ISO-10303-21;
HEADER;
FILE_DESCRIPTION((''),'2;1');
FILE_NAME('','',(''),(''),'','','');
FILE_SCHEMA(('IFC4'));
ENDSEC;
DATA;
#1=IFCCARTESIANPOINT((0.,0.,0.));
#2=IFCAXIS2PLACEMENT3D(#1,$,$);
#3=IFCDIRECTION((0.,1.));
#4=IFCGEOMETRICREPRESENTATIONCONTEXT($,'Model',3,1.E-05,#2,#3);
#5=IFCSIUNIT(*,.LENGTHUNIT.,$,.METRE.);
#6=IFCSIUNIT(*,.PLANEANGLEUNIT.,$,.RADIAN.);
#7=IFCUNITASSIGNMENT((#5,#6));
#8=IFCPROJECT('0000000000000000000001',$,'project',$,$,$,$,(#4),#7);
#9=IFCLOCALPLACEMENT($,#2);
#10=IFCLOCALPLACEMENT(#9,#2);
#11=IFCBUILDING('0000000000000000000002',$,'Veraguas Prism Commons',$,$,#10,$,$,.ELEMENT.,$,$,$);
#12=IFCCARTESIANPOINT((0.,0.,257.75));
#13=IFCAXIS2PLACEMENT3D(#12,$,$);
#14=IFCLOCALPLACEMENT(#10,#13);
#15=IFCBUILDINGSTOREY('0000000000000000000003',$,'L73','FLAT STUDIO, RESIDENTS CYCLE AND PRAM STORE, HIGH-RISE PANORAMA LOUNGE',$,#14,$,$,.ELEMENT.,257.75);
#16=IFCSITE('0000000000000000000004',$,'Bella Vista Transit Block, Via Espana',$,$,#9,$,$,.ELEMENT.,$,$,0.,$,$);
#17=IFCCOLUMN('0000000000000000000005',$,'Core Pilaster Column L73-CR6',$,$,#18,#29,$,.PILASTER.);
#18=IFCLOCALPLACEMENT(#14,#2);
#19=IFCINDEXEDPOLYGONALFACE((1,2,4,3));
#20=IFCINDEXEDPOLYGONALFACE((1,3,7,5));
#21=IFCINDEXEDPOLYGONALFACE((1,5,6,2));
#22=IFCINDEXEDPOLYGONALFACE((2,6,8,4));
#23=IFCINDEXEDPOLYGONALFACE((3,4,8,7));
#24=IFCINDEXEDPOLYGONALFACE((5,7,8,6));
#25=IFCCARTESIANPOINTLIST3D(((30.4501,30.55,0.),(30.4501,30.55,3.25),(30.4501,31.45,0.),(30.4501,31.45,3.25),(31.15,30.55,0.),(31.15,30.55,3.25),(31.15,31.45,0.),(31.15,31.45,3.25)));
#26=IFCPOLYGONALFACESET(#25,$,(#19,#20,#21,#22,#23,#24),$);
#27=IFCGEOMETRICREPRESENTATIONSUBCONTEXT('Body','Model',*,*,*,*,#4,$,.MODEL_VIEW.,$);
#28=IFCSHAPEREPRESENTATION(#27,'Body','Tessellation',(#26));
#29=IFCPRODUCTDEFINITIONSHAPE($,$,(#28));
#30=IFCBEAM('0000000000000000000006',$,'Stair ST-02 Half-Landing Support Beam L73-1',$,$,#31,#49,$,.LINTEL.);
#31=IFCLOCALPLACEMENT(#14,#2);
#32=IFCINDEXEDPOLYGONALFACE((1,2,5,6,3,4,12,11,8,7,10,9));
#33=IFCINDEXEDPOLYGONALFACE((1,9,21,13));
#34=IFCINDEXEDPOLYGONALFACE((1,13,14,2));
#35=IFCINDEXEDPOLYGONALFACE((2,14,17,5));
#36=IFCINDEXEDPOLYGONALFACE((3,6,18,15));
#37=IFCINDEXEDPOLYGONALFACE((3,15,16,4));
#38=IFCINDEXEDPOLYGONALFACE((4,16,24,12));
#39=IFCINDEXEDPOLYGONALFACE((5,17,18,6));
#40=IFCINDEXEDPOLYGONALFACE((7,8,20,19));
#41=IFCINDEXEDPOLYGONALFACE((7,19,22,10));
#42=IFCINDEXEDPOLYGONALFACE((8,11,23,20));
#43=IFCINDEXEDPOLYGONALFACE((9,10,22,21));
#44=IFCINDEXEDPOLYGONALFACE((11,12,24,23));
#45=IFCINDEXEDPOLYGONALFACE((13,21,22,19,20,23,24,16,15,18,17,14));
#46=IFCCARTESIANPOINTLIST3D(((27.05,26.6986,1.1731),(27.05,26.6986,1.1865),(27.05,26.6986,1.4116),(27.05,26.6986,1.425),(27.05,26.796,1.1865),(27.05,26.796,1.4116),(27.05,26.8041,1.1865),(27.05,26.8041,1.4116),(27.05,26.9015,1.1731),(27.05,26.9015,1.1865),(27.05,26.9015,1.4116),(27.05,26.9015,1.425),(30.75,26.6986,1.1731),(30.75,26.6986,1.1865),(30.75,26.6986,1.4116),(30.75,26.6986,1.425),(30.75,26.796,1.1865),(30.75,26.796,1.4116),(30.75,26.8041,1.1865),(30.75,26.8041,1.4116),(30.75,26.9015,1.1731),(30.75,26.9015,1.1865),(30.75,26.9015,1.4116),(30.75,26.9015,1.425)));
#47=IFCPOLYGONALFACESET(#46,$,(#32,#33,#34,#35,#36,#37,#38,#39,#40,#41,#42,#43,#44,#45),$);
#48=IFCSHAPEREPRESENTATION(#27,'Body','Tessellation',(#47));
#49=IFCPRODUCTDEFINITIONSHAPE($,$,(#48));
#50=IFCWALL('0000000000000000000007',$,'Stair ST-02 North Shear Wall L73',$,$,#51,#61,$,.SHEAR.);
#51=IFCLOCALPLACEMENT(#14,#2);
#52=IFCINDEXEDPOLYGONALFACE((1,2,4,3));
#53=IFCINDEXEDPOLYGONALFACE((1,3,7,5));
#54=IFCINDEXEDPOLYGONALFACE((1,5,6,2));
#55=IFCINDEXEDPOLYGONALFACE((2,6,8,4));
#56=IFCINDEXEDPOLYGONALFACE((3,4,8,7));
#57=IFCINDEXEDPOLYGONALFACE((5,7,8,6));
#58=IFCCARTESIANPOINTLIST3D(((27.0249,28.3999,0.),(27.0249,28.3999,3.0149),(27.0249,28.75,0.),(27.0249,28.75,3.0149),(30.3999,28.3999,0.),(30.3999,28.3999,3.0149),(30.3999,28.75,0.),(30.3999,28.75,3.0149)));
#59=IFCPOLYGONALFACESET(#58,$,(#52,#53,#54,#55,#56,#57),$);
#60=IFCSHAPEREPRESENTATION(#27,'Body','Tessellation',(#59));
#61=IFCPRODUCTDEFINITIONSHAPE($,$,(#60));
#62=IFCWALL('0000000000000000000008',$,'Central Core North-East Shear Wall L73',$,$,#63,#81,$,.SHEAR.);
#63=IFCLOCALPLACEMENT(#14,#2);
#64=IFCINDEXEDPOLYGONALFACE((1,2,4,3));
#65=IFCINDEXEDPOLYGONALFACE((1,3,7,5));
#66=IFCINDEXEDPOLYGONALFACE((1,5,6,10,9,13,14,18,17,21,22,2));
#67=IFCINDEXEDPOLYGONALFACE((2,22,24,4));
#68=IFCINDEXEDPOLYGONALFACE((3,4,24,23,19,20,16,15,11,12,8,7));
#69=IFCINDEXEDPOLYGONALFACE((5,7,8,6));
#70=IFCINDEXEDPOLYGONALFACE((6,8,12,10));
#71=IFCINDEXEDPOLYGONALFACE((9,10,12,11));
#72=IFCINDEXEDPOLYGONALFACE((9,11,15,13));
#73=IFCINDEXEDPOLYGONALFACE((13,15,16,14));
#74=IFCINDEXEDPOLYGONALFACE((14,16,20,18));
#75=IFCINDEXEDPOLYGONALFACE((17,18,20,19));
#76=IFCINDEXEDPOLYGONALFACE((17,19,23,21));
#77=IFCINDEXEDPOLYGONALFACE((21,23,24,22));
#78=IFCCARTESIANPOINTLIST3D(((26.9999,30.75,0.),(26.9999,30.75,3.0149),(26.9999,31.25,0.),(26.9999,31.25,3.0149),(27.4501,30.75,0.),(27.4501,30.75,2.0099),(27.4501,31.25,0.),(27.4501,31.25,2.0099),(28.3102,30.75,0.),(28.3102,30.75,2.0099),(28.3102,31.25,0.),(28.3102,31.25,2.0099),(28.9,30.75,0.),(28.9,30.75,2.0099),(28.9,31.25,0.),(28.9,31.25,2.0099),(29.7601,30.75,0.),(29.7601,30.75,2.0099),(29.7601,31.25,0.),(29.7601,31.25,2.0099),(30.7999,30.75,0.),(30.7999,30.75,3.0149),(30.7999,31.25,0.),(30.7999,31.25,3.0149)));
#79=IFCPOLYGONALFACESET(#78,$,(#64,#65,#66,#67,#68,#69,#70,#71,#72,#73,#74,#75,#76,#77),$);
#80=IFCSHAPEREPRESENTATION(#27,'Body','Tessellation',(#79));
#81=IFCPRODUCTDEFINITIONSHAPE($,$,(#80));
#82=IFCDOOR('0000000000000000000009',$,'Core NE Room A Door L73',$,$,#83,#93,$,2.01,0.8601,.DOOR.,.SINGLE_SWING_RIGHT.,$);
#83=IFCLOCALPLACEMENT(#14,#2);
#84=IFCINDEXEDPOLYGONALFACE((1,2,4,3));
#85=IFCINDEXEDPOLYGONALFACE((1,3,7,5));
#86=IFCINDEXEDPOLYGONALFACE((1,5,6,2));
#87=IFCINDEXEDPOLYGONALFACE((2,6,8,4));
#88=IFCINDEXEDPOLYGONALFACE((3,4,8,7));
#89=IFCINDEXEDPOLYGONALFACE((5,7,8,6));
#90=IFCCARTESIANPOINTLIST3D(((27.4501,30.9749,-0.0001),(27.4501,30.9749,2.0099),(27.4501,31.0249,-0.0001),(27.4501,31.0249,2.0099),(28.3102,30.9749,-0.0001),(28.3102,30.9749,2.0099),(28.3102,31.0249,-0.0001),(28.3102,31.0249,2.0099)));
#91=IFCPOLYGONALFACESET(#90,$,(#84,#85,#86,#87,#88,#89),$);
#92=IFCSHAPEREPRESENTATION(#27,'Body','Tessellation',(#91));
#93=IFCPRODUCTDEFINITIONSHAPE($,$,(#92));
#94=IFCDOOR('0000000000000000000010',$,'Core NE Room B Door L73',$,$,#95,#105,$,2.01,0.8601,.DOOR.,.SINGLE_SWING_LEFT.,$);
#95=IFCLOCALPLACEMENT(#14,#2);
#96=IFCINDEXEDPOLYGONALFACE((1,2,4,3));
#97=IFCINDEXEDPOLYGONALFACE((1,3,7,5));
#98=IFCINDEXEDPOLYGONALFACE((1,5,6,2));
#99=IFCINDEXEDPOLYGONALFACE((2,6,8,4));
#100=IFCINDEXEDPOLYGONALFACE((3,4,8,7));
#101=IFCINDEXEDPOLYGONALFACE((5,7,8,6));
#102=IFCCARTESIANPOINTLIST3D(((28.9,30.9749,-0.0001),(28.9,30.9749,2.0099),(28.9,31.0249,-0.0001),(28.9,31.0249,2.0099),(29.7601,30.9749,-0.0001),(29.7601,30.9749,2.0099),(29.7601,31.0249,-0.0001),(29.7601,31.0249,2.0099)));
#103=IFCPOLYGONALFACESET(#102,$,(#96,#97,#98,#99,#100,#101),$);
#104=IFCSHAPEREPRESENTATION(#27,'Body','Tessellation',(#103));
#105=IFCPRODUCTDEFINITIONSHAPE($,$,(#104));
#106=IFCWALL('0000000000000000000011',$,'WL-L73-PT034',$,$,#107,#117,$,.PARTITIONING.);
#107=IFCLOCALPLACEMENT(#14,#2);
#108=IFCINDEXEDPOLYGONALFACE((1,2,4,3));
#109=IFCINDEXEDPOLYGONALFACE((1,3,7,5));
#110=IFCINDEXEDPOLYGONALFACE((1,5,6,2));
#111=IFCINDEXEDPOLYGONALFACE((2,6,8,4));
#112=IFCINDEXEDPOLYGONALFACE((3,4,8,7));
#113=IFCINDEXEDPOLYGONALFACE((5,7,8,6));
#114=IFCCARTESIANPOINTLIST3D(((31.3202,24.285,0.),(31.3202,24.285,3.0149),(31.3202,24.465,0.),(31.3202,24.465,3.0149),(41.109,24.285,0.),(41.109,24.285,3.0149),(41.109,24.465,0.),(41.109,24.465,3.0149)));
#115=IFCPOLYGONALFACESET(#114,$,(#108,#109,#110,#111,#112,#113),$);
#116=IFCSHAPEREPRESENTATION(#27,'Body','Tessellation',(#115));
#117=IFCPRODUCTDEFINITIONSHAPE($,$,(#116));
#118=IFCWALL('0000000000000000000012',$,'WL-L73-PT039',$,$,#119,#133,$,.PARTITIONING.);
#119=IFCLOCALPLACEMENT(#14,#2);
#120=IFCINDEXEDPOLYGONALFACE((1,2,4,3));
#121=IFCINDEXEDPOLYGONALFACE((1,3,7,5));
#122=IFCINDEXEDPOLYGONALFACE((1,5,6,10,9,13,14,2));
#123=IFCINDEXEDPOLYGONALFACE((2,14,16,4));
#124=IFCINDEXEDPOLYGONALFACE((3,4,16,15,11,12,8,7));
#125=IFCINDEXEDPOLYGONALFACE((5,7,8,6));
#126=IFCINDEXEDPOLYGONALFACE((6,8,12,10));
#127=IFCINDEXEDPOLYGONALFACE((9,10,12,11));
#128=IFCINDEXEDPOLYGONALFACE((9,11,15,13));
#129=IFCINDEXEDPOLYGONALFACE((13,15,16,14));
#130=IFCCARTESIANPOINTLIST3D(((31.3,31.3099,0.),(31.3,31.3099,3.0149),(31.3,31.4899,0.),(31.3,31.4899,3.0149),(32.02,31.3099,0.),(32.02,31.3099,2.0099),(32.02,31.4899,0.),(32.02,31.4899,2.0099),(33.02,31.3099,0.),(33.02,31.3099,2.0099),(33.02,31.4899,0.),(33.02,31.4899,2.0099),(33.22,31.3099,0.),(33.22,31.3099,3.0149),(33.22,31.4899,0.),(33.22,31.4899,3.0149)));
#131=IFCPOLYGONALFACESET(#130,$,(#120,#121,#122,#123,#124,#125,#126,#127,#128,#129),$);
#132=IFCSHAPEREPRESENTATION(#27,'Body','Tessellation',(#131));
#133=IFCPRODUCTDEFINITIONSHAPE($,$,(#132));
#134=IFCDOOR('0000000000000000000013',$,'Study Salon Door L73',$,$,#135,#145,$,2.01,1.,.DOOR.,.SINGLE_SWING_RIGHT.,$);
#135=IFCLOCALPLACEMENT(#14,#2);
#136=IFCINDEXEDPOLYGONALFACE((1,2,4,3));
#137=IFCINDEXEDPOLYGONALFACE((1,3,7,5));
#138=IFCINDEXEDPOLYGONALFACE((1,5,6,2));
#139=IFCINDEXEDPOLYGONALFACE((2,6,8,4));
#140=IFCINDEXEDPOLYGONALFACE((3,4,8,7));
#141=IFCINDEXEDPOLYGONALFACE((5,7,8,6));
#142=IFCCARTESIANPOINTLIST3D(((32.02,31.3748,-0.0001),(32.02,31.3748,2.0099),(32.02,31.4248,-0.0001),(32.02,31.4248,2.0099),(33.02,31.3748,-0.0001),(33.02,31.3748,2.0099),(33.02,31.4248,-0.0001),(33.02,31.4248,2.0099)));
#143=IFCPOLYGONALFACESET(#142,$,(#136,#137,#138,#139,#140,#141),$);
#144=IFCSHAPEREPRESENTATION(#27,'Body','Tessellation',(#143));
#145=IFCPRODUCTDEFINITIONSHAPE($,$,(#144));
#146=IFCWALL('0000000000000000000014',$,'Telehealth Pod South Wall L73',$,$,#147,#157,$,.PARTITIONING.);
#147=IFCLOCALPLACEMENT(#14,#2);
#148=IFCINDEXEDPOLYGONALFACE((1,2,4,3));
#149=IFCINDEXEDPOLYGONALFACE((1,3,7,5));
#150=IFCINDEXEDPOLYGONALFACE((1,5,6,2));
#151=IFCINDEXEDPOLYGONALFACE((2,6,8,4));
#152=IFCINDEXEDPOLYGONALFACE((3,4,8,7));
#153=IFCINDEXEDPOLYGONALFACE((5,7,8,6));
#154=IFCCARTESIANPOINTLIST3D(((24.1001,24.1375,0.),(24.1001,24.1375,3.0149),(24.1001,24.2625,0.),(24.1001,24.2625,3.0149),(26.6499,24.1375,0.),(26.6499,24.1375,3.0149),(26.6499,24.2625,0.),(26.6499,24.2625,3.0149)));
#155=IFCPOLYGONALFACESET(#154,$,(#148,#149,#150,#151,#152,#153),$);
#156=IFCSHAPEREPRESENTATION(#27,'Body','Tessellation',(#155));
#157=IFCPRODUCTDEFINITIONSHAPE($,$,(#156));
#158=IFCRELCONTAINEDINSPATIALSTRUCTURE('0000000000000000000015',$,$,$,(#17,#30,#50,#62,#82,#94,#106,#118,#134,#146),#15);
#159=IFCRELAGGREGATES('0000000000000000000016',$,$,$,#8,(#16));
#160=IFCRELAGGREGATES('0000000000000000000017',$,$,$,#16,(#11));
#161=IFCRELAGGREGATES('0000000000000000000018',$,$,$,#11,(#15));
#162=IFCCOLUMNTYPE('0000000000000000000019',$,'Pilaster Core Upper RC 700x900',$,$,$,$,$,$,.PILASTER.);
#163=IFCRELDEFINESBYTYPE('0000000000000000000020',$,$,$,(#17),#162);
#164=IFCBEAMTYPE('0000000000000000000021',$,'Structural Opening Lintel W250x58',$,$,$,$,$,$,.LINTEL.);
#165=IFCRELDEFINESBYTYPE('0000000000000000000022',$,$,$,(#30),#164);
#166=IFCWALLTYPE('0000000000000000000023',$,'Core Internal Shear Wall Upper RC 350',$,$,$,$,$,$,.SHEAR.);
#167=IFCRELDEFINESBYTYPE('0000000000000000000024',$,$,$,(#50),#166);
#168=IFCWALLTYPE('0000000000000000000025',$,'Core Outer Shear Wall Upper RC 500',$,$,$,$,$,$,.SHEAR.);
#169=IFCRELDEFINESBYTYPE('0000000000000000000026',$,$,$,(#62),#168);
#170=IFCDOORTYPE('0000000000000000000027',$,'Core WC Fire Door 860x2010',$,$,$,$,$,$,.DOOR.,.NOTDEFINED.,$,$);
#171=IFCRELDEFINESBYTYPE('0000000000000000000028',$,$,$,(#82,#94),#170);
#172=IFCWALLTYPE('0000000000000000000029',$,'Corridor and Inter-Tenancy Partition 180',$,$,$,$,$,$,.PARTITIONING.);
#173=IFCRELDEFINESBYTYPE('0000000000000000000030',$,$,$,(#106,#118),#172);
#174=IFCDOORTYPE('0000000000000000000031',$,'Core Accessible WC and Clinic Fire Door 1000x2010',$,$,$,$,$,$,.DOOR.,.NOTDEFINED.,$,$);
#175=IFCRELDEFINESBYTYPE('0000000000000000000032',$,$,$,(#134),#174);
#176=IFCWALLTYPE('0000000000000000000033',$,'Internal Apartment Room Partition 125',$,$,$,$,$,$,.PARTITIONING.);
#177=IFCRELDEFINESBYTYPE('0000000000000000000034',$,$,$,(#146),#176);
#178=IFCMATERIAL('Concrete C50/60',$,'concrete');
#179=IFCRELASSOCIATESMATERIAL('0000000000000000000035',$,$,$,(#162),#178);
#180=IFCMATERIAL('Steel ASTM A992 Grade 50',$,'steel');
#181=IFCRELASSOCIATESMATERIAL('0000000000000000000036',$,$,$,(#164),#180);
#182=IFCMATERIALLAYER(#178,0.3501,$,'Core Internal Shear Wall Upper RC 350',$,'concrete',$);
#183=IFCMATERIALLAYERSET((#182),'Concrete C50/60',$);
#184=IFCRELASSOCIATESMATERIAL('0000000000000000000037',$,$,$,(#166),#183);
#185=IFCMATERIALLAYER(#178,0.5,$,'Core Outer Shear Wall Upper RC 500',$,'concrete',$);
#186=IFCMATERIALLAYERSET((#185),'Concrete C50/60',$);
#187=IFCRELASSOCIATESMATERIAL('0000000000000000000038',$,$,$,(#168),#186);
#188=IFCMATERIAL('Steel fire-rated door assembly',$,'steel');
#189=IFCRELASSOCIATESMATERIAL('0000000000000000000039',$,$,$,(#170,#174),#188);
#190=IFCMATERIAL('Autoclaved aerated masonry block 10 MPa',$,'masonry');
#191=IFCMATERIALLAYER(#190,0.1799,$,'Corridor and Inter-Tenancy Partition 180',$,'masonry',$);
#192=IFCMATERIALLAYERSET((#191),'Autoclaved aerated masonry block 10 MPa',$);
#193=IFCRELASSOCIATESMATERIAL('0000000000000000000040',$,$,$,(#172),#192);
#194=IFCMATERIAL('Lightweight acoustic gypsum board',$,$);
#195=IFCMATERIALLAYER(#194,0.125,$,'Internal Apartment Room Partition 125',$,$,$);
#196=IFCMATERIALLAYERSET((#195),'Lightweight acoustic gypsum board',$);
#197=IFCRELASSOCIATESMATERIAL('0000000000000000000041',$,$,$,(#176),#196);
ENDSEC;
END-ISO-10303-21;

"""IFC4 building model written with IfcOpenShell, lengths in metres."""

from ifc_helpers import new_model, si_unit, direction, frame, frame_2d, origin, origin_2d, place, context, subcontext, project, spatial, rectangle, i_section, extrude, source, transform, mapped, material, layer, layer_set, material_profile, profile_set, type_object, element, fill, save


model = new_model("IFC4")

# Units and contexts
model_context = context("Model", 3, precision=1e-05, world=origin(), true_north=direction((0.0, 1.0)))
body_context = subcontext(model_context, "Body", "Model", "MODEL_VIEW")
ifc_project = project(units=[si_unit("LENGTHUNIT", "METRE"), si_unit("PLANEANGLEUNIT", "RADIAN")], contexts=[model_context])

# Site, building, storey
site_placement = place(None, origin())
site = spatial("IfcSite", under=ifc_project, at=site_placement, Name="Bella Vista Transit Block, Via Espana", CompositionType="ELEMENT", RefElevation=0.0)
building_placement = place(site_placement, origin())
building = spatial("IfcBuilding", under=site, at=building_placement, Name="Veraguas Prism Commons", CompositionType="ELEMENT")
storey_placement = place(building_placement, frame((0.0, 0.0, 257.75)))
storey = spatial("IfcBuildingStorey", under=building, at=storey_placement, Name="L73", Description="FLAT STUDIO, RESIDENTS CYCLE AND PRAM STORE, HIGH-RISE PANORAMA LOUNGE", CompositionType="ELEMENT", Elevation=257.75)

# Column
ifc_material_1 = material(Name="Concrete C50/60", Category="concrete")
ifc_material_profile_1 = material_profile(ifc_material_1, rectangle(XDim=0.7, YDim=0.8999, at=origin_2d()), Name="RC700X900")
ifc_profile_set_1 = profile_set([ifc_material_profile_1], Name="Concrete C50/60")
column_type = type_object("IfcColumnType", Name="Pilaster Core Upper RC 700x900", PredefinedType="PILASTER", material=ifc_profile_set_1)
column_placement = place(storey_placement, frame((30.8, 31.0, 0.0), z_axis=(0.0, 0.0, 1.0), x_axis=(1.0, 0.0, 0.0)))
element("IfcColumn", 1, at=column_placement, inside=storey, type_object=column_type, Name="Core Pilaster Column L73-CR6", PredefinedType="PILASTER", context=body_context, shape_type="SweptSolid", body=[
    extrude(rectangle(XDim=0.7, YDim=0.8999, at=origin_2d()), origin(), (0.0, 0.0, 1.0), 3.25),
])

# Beam
ifc_material_2 = material(Name="Steel ASTM A992 Grade 50", Category="steel")
ifc_material_profile_2 = material_profile(ifc_material_2, i_section(OverallWidth=0.2029, OverallDepth=0.252, WebThickness=0.0081, FlangeThickness=0.0134, at=origin_2d()), Name="W250X58")
ifc_profile_set_2 = profile_set([ifc_material_profile_2], Name="Steel ASTM A992 Grade 50")
beam_type = type_object("IfcBeamType", Name="Structural Opening Lintel W250x58", PredefinedType="LINTEL", material=ifc_profile_set_2)
beam_placement = place(storey_placement, frame((27.05, 26.8, 1.2991), z_axis=(1.0, 0.0, 0.0), x_axis=(0.0, 1.0, 0.0)))
element("IfcBeam", 2, at=beam_placement, inside=storey, type_object=beam_type, Name="Stair ST-02 Half-Landing Support Beam L73-1", PredefinedType="LINTEL", context=body_context, shape_type="SweptSolid", body=[
    extrude(i_section(OverallWidth=0.2029, OverallDepth=0.252, WebThickness=0.0081, FlangeThickness=0.0134, at=origin_2d()), origin(), (0.0, 0.0, 1.0), 3.7),
])

# Wall
ifc_layer_1 = layer(ifc_material_1, 0.3501, Name="Core Internal Shear Wall Upper RC 350", Category="concrete")
ifc_layer_set_1 = layer_set([ifc_layer_1], Name="Concrete C50/60")
wall_type_1 = type_object("IfcWallType", Name="Core Internal Shear Wall Upper RC 350", PredefinedType="SHEAR", material=ifc_layer_set_1)
wall_1_placement = place(storey_placement, frame((27.0249, 28.575, 0.0), z_axis=(0.0, 0.0, 1.0), x_axis=(1.0, 0.0, 0.0)))
element("IfcWall", 3, at=wall_1_placement, inside=storey, type_object=wall_type_1, Name="Stair ST-02 North Shear Wall L73", PredefinedType="SHEAR", context=body_context, shape_type="SweptSolid", body=[
    extrude(rectangle(XDim=3.375, YDim=0.3501, at=frame_2d((1.6875, 0.0))), origin(), (0.0, 0.0, 1.0), 3.0149),
])

# Wall, openings, doors
ifc_layer_2 = layer(ifc_material_1, 0.5, Name="Core Outer Shear Wall Upper RC 500", Category="concrete")
ifc_layer_set_2 = layer_set([ifc_layer_2], Name="Concrete C50/60")
wall_type_2 = type_object("IfcWallType", Name="Core Outer Shear Wall Upper RC 500", PredefinedType="SHEAR", material=ifc_layer_set_2)
wall_2_placement = place(storey_placement, frame((27.0, 31.0, 0.0), z_axis=(0.0, 0.0, 1.0), x_axis=(1.0, 0.0, 0.0)))
wall_2 = element("IfcWall", 4, at=wall_2_placement, inside=storey, type_object=wall_type_2, Name="Central Core North-East Shear Wall L73", PredefinedType="SHEAR", context=body_context, shape_type="SweptSolid", body=[
    extrude(rectangle(XDim=3.8, YDim=0.5, at=frame_2d((1.8999, 0.0))), origin(), (0.0, 0.0, 1.0), 3.0149),
])
opening_1_placement = place(wall_2_placement, frame((0.45, 0.0, 0.0)))
opening_1 = element("IfcOpeningElement", 5, at=opening_1_placement, cuts=wall_2, PredefinedType="OPENING", context=body_context, shape_type="SweptSolid", body=[
    extrude(rectangle(XDim=0.8601, YDim=2.01, at=frame_2d((0.4302, 1.0049))), frame((0.0, 0.26, 0.0), z_axis=(0.0, -1.0, 0.0), x_axis=(1.0, 0.0, 0.0)), (0.0, 0.0, 1.0), 0.52),
])
opening_2_placement = place(wall_2_placement, frame((1.8999, 0.0, 0.0)))
opening_2 = element("IfcOpeningElement", 6, at=opening_2_placement, cuts=wall_2, PredefinedType="OPENING", context=body_context, shape_type="SweptSolid", body=[
    extrude(rectangle(XDim=0.8601, YDim=2.01, at=frame_2d((0.4302, 1.0049))), frame((0.0, 0.26, 0.0), z_axis=(0.0, -1.0, 0.0), x_axis=(1.0, 0.0, 0.0)), (0.0, 0.0, 1.0), 0.52),
])
ifc_material_3 = material(Name="Steel fire-rated door assembly", Category="steel")
door_type_1 = type_object("IfcDoorType", Name="Core WC Fire Door 860x2010", OperationType="NOTDEFINED", PredefinedType="DOOR", material=ifc_material_3)
shared_shape_1 = source(origin(), body_context, "Body", "SweptSolid", [
    extrude(rectangle(XDim=0.8601, YDim=2.01, at=frame_2d((0.4302, 1.0049))), frame((0.0, 0.0249, 0.0), z_axis=(0.0, -1.0, 0.0), x_axis=(1.0, 0.0, 0.0)), (0.0, 0.0, 1.0), 0.05),
])
door_1_placement = place(opening_1_placement, origin())
door_1 = element("IfcDoor", 7, at=door_1_placement, inside=storey, type_object=door_type_1, Name="Core NE Room A Door L73", OperationType="SINGLE_SWING_RIGHT", OverallHeight=2.01, OverallWidth=0.8601, PredefinedType="DOOR", context=body_context, shape_type="MappedRepresentation", body=[
    mapped(shared_shape_1, transform((0.0, 0.0, 0.0), scale=1.0)),
])
fill(opening_1, door_1)
door_2_placement = place(opening_2_placement, origin())
door_2 = element("IfcDoor", 8, at=door_2_placement, inside=storey, type_object=door_type_1, Name="Core NE Room B Door L73", OperationType="SINGLE_SWING_LEFT", OverallHeight=2.01, OverallWidth=0.8601, PredefinedType="DOOR", context=body_context, shape_type="MappedRepresentation", body=[
    mapped(shared_shape_1, transform((0.0, 0.0, 0.0), scale=1.0)),
])
fill(opening_2, door_2)

# Wall
ifc_material_4 = material(Name="Autoclaved aerated masonry block 10 MPa", Category="masonry")
ifc_layer_3 = layer(ifc_material_4, 0.1799, Name="Corridor and Inter-Tenancy Partition 180", Category="masonry")
ifc_layer_set_3 = layer_set([ifc_layer_3], Name="Autoclaved aerated masonry block 10 MPa")
wall_type_3 = type_object("IfcWallType", Name="Corridor and Inter-Tenancy Partition 180", PredefinedType="PARTITIONING", material=ifc_layer_set_3)
wall_3_placement = place(storey_placement, frame((31.3201, 24.375, 0.0), z_axis=(0.0, 0.0, 1.0), x_axis=(1.0, 0.0, 0.0)))
element("IfcWall", 9, at=wall_3_placement, inside=storey, type_object=wall_type_3, Name="WL-L73-PT034", PredefinedType="PARTITIONING", context=body_context, shape_type="SweptSolid", body=[
    extrude(rectangle(XDim=9.7888, YDim=0.1799, at=frame_2d((4.8945, 0.0))), origin(), (0.0, 0.0, 1.0), 3.0149),
])

# Wall, opening, door
wall_4_placement = place(storey_placement, frame((31.3, 31.3999, 0.0), z_axis=(0.0, 0.0, 1.0), x_axis=(1.0, 0.0, 0.0)))
wall_4 = element("IfcWall", 10, at=wall_4_placement, inside=storey, type_object=wall_type_3, Name="WL-L73-PT039", PredefinedType="PARTITIONING", context=body_context, shape_type="SweptSolid", body=[
    extrude(rectangle(XDim=1.9199, YDim=0.1799, at=frame_2d((0.96, 0.0))), origin(), (0.0, 0.0, 1.0), 3.0149),
])
opening_3_placement = place(wall_4_placement, frame((0.72, 0.0, 0.0)))
opening_3 = element("IfcOpeningElement", 11, at=opening_3_placement, cuts=wall_4, PredefinedType="OPENING", context=body_context, shape_type="SweptSolid", body=[
    extrude(rectangle(XDim=1.0, YDim=2.01, at=frame_2d((0.5, 1.0049))), frame((0.0, 0.0999, 0.0), z_axis=(0.0, -1.0, 0.0), x_axis=(1.0, 0.0, 0.0)), (0.0, 0.0, 1.0), 0.2),
])
door_type_2 = type_object("IfcDoorType", Name="Core Accessible WC and Clinic Fire Door 1000x2010", OperationType="NOTDEFINED", PredefinedType="DOOR", material=ifc_material_3)
shared_shape_2 = source(origin(), body_context, "Body", "SweptSolid", [
    extrude(rectangle(XDim=1.0, YDim=2.01, at=frame_2d((0.5, 1.0049))), frame((0.0, 0.0249, 0.0), z_axis=(0.0, -1.0, 0.0), x_axis=(1.0, 0.0, 0.0)), (0.0, 0.0, 1.0), 0.05),
])
door_3_placement = place(opening_3_placement, origin())
door_3 = element("IfcDoor", 12, at=door_3_placement, inside=storey, type_object=door_type_2, Name="Study Salon Door L73", OperationType="SINGLE_SWING_RIGHT", OverallHeight=2.01, OverallWidth=1.0, PredefinedType="DOOR", context=body_context, shape_type="MappedRepresentation", body=[
    mapped(shared_shape_2, transform((0.0, 0.0, 0.0), scale=1.0)),
])
fill(opening_3, door_3)

# Wall
ifc_material_5 = material(Name="Lightweight acoustic gypsum board")
ifc_layer_4 = layer(ifc_material_5, 0.125, Name="Internal Apartment Room Partition 125")
ifc_layer_set_4 = layer_set([ifc_layer_4], Name="Lightweight acoustic gypsum board")
wall_type_4 = type_object("IfcWallType", Name="Internal Apartment Room Partition 125", PredefinedType="PARTITIONING", material=ifc_layer_set_4)
wall_5_placement = place(storey_placement, frame((24.1001, 24.2, 0.0), z_axis=(0.0, 0.0, 1.0), x_axis=(1.0, 0.0, 0.0)))
element("IfcWall", 13, at=wall_5_placement, inside=storey, type_object=wall_type_4, Name="Telehealth Pod South Wall L73", PredefinedType="PARTITIONING", context=body_context, shape_type="SweptSolid", body=[
    extrude(rectangle(XDim=2.5498, YDim=0.125, at=frame_2d((1.2749, 0.0))), origin(), (0.0, 0.0, 1.0), 3.0149),
])

save(model, "model.ifc")
